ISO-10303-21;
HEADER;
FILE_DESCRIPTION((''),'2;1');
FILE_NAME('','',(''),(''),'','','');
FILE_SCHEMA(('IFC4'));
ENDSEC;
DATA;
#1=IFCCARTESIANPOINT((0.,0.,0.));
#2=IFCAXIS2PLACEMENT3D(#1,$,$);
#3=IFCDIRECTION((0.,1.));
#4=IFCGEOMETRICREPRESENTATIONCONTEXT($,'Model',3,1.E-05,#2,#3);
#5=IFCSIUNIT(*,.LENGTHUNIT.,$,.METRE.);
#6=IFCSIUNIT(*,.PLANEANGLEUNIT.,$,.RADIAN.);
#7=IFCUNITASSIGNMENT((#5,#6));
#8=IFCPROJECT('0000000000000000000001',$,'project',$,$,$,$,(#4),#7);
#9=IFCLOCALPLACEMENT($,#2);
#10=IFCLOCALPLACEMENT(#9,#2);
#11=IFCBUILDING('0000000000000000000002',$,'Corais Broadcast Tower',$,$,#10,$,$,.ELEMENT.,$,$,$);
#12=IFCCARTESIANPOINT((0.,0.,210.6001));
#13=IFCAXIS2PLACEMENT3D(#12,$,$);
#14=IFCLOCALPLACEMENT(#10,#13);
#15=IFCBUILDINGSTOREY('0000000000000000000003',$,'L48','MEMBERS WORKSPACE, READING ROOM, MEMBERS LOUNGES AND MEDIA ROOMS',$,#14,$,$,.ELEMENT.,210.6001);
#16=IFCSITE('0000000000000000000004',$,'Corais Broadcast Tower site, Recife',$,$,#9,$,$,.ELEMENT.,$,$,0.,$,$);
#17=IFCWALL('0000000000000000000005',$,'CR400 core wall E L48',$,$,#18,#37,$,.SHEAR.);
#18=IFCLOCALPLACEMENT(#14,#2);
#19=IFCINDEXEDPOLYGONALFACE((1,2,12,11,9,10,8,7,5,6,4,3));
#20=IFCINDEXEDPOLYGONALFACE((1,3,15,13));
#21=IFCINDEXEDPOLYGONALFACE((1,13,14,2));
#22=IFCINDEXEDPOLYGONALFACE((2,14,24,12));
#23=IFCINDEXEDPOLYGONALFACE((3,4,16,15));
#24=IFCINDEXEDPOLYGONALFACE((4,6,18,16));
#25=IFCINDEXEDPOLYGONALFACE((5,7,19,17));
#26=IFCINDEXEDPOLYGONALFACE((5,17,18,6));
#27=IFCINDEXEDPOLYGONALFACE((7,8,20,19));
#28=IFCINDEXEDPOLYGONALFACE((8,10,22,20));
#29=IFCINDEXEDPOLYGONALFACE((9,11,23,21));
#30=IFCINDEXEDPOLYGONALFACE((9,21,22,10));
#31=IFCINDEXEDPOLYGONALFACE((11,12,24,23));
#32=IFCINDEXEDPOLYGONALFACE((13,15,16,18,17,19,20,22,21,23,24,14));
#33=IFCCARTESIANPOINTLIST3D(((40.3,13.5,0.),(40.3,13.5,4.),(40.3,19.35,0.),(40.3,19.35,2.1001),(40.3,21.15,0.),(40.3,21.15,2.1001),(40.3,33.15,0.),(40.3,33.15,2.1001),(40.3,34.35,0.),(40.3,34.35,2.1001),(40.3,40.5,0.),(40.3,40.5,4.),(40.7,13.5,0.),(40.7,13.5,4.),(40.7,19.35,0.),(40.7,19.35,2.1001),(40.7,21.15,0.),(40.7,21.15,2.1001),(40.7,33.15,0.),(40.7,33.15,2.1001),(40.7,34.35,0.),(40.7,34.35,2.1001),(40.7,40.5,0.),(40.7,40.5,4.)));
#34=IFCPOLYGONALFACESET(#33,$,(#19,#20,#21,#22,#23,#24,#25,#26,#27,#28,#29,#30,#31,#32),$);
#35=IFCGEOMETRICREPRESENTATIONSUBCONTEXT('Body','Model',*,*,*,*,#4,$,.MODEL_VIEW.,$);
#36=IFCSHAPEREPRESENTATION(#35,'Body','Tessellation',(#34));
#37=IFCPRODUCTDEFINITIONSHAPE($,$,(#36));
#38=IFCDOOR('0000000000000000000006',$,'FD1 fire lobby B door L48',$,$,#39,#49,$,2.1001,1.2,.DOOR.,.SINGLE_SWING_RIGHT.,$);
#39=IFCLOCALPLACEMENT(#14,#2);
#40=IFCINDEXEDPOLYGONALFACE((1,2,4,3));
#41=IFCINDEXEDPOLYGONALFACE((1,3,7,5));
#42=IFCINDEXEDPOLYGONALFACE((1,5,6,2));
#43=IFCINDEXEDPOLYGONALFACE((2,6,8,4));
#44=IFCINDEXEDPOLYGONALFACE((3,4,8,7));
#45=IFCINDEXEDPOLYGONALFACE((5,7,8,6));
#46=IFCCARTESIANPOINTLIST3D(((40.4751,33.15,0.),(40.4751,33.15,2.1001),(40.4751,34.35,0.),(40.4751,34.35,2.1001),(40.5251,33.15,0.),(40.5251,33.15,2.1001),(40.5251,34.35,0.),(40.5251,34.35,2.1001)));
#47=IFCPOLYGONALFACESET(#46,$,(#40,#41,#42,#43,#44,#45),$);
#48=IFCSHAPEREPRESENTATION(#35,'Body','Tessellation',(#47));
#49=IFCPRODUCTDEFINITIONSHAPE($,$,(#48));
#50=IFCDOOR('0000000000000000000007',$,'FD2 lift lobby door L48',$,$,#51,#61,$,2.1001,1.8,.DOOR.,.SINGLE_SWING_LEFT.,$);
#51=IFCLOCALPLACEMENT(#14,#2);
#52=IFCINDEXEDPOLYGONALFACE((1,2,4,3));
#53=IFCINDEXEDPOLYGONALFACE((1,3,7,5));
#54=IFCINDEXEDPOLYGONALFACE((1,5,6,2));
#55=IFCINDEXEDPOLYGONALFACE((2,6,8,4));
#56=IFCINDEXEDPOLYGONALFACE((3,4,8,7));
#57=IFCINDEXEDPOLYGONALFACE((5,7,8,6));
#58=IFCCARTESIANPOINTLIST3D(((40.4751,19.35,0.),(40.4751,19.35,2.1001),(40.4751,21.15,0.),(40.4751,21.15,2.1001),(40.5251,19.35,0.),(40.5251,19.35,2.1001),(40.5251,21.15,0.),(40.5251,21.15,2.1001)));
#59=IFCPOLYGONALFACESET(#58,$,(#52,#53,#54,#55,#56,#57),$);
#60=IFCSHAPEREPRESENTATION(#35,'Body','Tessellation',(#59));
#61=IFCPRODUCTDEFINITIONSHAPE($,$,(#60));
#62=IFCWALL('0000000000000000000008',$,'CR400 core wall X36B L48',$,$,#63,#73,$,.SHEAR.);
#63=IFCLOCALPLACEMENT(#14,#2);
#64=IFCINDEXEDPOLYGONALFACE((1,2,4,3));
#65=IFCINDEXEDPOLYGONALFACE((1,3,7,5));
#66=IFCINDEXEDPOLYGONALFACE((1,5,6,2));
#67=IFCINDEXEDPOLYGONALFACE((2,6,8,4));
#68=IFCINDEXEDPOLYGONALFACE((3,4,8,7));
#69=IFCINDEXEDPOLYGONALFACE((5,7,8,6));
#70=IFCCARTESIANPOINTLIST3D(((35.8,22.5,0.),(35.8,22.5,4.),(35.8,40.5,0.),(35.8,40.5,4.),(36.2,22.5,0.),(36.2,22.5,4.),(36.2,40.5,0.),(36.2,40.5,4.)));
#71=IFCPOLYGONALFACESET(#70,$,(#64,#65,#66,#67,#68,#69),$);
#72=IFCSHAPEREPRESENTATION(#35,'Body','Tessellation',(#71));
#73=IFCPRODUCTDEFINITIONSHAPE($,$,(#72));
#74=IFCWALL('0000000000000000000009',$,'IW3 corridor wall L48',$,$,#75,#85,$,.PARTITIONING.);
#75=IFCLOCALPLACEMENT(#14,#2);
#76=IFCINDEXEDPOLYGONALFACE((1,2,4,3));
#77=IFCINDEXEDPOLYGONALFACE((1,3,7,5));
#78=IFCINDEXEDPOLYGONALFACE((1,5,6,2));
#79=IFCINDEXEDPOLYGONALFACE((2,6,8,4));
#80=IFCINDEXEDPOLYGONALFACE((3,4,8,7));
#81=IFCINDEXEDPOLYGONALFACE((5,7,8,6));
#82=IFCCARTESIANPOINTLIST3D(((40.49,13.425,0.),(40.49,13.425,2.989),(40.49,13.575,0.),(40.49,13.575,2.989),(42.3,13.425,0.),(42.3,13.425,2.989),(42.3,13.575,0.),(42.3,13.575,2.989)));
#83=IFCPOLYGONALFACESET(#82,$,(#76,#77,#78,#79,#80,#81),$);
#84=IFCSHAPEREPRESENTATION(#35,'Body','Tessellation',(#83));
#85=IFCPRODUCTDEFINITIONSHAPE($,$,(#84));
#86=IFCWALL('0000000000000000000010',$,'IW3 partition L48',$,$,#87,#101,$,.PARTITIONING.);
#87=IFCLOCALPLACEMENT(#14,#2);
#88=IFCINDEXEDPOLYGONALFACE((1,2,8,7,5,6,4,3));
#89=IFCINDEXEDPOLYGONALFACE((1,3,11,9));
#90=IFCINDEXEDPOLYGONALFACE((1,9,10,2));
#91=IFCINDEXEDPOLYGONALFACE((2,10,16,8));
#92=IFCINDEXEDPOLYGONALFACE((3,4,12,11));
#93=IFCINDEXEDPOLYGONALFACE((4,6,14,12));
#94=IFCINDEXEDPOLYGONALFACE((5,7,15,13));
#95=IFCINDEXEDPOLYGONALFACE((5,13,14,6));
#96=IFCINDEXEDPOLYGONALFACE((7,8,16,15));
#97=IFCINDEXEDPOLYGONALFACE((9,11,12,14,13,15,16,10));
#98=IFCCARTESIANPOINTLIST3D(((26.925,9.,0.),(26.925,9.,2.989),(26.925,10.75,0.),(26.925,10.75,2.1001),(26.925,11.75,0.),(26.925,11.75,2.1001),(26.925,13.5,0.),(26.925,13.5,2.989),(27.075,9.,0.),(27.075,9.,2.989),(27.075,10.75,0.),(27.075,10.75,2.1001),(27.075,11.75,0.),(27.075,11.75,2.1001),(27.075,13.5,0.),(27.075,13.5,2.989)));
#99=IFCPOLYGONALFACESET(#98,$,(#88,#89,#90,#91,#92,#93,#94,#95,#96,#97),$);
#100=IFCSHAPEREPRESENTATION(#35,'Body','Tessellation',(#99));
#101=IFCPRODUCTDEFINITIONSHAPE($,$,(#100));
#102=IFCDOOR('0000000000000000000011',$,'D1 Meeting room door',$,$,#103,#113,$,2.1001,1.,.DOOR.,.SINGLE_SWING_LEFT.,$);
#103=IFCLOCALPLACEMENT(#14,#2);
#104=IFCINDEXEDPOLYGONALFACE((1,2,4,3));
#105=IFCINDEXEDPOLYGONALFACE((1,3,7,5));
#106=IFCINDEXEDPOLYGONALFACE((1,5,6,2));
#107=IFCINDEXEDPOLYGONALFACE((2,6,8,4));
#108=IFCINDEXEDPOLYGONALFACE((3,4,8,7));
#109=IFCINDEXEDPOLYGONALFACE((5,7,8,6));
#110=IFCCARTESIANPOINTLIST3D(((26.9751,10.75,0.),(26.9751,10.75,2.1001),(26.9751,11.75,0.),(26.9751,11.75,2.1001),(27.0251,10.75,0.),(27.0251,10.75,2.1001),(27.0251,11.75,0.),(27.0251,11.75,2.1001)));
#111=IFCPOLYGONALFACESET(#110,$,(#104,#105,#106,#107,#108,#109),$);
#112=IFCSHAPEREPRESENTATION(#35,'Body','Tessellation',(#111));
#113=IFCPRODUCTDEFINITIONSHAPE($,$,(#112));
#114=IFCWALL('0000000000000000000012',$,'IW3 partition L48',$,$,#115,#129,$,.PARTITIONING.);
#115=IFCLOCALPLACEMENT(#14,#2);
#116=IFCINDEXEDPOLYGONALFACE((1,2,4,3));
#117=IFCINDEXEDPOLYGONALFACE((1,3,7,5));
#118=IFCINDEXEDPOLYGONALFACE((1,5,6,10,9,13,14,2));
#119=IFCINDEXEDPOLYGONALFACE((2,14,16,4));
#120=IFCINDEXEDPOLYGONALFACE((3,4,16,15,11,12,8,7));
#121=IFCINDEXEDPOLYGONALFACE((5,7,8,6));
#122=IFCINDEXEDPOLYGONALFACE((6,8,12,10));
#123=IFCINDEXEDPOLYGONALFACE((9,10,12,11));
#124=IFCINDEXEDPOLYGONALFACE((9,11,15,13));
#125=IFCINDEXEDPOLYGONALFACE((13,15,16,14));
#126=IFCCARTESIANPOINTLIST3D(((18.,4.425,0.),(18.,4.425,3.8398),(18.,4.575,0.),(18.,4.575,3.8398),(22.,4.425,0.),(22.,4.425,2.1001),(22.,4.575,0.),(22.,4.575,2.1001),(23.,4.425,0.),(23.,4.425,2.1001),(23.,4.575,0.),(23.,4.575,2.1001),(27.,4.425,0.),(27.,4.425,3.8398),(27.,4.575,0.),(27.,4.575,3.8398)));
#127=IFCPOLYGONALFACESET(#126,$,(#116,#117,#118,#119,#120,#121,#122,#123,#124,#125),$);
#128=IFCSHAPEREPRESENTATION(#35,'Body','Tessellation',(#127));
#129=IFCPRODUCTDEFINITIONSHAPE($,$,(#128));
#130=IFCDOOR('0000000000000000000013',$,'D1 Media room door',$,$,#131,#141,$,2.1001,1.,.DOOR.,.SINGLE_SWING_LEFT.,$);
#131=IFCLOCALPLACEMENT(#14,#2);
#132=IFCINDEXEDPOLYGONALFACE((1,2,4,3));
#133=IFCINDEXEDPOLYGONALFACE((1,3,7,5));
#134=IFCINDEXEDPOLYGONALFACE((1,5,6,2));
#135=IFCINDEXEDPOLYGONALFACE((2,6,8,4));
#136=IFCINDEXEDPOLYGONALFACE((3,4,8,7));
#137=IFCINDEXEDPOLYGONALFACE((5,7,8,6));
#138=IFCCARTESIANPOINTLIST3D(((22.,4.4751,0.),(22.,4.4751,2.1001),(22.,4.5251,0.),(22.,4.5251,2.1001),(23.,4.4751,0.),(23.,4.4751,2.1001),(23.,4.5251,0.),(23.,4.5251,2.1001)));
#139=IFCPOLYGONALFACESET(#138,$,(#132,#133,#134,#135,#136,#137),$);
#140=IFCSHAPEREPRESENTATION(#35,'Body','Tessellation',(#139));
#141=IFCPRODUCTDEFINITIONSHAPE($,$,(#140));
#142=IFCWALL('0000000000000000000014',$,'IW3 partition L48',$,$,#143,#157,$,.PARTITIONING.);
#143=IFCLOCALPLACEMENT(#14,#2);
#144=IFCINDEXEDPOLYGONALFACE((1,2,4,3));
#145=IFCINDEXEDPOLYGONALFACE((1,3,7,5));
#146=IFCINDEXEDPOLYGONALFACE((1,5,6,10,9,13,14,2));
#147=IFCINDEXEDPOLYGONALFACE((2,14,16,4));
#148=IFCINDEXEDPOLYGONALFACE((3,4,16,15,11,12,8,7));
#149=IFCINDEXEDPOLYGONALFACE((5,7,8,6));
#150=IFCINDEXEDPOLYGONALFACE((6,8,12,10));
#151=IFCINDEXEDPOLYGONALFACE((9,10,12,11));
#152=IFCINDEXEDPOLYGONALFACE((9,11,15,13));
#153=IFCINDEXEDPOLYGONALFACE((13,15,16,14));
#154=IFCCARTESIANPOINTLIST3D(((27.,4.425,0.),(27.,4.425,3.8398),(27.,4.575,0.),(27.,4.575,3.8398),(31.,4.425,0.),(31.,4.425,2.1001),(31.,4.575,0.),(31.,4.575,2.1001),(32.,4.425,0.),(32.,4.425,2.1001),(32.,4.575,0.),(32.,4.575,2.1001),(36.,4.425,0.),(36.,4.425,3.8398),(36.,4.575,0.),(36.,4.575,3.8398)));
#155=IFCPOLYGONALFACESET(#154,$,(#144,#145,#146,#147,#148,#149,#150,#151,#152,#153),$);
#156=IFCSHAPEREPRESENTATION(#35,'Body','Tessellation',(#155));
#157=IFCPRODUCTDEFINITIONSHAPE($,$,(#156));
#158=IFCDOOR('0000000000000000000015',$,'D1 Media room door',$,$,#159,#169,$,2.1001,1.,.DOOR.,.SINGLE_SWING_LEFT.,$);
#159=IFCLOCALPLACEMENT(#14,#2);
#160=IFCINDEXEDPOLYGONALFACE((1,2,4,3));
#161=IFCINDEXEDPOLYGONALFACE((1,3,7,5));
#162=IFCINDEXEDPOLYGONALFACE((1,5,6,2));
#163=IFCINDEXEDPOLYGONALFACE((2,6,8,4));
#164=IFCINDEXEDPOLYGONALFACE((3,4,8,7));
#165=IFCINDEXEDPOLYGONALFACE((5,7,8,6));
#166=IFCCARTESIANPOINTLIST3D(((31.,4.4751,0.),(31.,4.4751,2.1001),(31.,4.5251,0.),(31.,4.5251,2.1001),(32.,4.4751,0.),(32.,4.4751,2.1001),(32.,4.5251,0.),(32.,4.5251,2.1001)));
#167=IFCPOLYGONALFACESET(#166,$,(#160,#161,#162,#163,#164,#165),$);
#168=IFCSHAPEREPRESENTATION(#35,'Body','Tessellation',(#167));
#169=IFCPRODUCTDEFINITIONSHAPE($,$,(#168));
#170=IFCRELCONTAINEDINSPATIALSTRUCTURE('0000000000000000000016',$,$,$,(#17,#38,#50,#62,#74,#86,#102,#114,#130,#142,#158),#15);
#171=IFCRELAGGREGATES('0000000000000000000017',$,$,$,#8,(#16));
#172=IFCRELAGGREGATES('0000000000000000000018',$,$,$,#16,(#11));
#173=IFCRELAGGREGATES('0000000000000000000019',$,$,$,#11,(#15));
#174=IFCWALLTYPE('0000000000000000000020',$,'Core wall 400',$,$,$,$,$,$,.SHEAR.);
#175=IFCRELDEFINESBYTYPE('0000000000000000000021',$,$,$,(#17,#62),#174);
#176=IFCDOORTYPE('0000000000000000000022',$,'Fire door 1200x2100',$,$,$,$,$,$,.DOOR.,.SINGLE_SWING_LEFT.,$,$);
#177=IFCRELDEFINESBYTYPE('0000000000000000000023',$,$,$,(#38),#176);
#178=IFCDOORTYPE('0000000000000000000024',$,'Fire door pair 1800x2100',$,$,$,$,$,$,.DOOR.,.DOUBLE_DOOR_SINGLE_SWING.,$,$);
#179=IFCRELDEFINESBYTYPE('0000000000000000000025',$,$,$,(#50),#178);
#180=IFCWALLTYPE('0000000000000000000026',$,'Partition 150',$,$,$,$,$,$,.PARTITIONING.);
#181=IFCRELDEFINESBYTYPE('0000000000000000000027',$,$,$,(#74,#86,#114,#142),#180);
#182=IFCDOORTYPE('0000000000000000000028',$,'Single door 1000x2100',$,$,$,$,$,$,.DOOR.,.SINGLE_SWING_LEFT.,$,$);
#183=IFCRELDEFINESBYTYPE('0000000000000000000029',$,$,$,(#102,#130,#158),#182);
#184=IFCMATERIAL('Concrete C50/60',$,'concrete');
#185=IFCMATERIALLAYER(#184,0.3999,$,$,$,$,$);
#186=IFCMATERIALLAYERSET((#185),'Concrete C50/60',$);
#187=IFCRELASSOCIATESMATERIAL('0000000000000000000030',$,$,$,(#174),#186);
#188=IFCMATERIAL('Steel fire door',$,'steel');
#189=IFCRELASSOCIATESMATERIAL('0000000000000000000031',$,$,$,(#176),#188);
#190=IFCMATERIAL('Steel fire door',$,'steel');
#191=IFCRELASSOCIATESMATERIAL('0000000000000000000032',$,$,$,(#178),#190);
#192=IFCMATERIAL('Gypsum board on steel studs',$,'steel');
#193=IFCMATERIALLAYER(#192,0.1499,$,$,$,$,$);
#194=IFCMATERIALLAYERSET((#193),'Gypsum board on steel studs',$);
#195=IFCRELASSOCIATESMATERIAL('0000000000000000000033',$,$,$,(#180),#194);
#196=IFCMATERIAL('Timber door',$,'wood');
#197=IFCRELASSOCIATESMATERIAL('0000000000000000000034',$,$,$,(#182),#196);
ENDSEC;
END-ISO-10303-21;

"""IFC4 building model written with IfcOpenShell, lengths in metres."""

from ifc_helpers import new_model, si_unit, direction, frame, frame_2d, origin, place, context, subcontext, project, spatial, rectangle, extrude, material, layer, layer_set, type_object, element, fill, save


model = new_model("IFC4")

# Units and contexts
model_context = context("Model", 3, precision=1e-05, world=origin(), true_north=direction((0.0, 1.0)))
body_context = subcontext(model_context, "Body", "Model", "MODEL_VIEW")
ifc_project = project(units=[si_unit("LENGTHUNIT", "METRE"), si_unit("PLANEANGLEUNIT", "RADIAN")], contexts=[model_context])

# Site, building, storey
site_placement = place(None, origin())
site = spatial("IfcSite", under=ifc_project, at=site_placement, Name="Corais Broadcast Tower site, Recife", CompositionType="ELEMENT", RefElevation=0.0)
building_placement = place(site_placement, origin())
building = spatial("IfcBuilding", under=site, at=building_placement, Name="Corais Broadcast Tower", CompositionType="ELEMENT")
storey_placement = place(building_placement, frame((0.0, 0.0, 210.6001)))
storey = spatial("IfcBuildingStorey", under=building, at=storey_placement, Name="L48", Description="MEMBERS WORKSPACE, READING ROOM, MEMBERS LOUNGES AND MEDIA ROOMS", CompositionType="ELEMENT", Elevation=210.6001)

# Wall, openings, doors
ifc_material_1 = material(Name="Concrete C50/60", Category="concrete")
ifc_layer_1 = layer(ifc_material_1, 0.3999)
ifc_layer_set_1 = layer_set([ifc_layer_1], Name="Concrete C50/60")
wall_type_1 = type_object("IfcWallType", Name="Core wall 400", PredefinedType="SHEAR", material=ifc_layer_set_1)
wall_1_placement = place(storey_placement, frame((40.5, 13.5, 0.0), z_axis=(0.0, 0.0, 1.0), x_axis=(0.0, 1.0, 0.0)))
wall_1 = element("IfcWall", 1, at=wall_1_placement, inside=storey, type_object=wall_type_1, Name="CR400 core wall E L48", PredefinedType="SHEAR", context=body_context, shape_type="SweptSolid", body=[
    extrude(rectangle(XDim=27.0, YDim=0.3999, at=frame_2d((13.5, 0.0))), origin(), (0.0, 0.0, 1.0), 4.0),
])
opening_1_placement = place(wall_1_placement, frame((5.8501, 0.0, 0.0)))
opening_1 = element("IfcOpeningElement", 2, at=opening_1_placement, cuts=wall_1, PredefinedType="OPENING", context=body_context, shape_type="SweptSolid", body=[
    extrude(rectangle(XDim=1.8, YDim=2.1001, at=frame_2d((0.8999, 1.05))), frame((0.0, 0.21, 0.0), z_axis=(0.0, -1.0, 0.0), x_axis=(1.0, 0.0, 0.0)), (0.0, 0.0, 1.0), 0.4199),
])
opening_2_placement = place(wall_1_placement, frame((19.6499, 0.0, 0.0)))
opening_2 = element("IfcOpeningElement", 3, at=opening_2_placement, cuts=wall_1, PredefinedType="OPENING", context=body_context, shape_type="SweptSolid", body=[
    extrude(rectangle(XDim=1.2, YDim=2.1001, at=frame_2d((0.6001, 1.05))), frame((0.0, 0.21, 0.0), z_axis=(0.0, -1.0, 0.0), x_axis=(1.0, 0.0, 0.0)), (0.0, 0.0, 1.0), 0.4199),
])
ifc_material_2 = material(Name="Steel fire door", Category="steel")
door_type_1 = type_object("IfcDoorType", Name="Fire door 1200x2100", OperationType="SINGLE_SWING_LEFT", PredefinedType="DOOR", material=ifc_material_2)
door_1_placement = place(opening_2_placement, origin())
door_1 = element("IfcDoor", 4, at=door_1_placement, inside=storey, type_object=door_type_1, Name="FD1 fire lobby B door L48", OperationType="SINGLE_SWING_RIGHT", OverallHeight=2.1001, OverallWidth=1.2, PredefinedType="DOOR", context=body_context, shape_type="SweptSolid", body=[
    extrude(rectangle(XDim=1.2, YDim=2.1001, at=frame_2d((0.6001, 1.05))), frame((0.0, 0.0249, 0.0), z_axis=(0.0, -1.0, 0.0), x_axis=(1.0, 0.0, 0.0)), (0.0, 0.0, 1.0), 0.05),
])
fill(opening_2, door_1)
ifc_material_3 = material(Name="Steel fire door", Category="steel")
door_type_2 = type_object("IfcDoorType", Name="Fire door pair 1800x2100", OperationType="DOUBLE_DOOR_SINGLE_SWING", PredefinedType="DOOR", material=ifc_material_3)
door_2_placement = place(opening_1_placement, origin())
door_2 = element("IfcDoor", 5, at=door_2_placement, inside=storey, type_object=door_type_2, Name="FD2 lift lobby door L48", OperationType="SINGLE_SWING_LEFT", OverallHeight=2.1001, OverallWidth=1.8, PredefinedType="DOOR", context=body_context, shape_type="SweptSolid", body=[
    extrude(rectangle(XDim=1.8, YDim=2.1001, at=frame_2d((0.8999, 1.05))), frame((0.0, 0.0249, 0.0), z_axis=(0.0, -1.0, 0.0), x_axis=(1.0, 0.0, 0.0)), (0.0, 0.0, 1.0), 0.05),
])
fill(opening_1, door_2)

# Walls
wall_2_placement = place(storey_placement, frame((36.0, 22.5, 0.0), z_axis=(0.0, 0.0, 1.0), x_axis=(0.0, 1.0, 0.0)))
element("IfcWall", 6, at=wall_2_placement, inside=storey, type_object=wall_type_1, Name="CR400 core wall X36B L48", PredefinedType="SHEAR", context=body_context, shape_type="SweptSolid", body=[
    extrude(rectangle(XDim=18.0, YDim=0.3999, at=frame_2d((9.0, 0.0))), origin(), (0.0, 0.0, 1.0), 4.0),
])
ifc_material_4 = material(Name="Gypsum board on steel studs", Category="steel")
ifc_layer_2 = layer(ifc_material_4, 0.1499)
ifc_layer_set_2 = layer_set([ifc_layer_2], Name="Gypsum board on steel studs")
wall_type_2 = type_object("IfcWallType", Name="Partition 150", PredefinedType="PARTITIONING", material=ifc_layer_set_2)
wall_3_placement = place(storey_placement, frame((40.49, 13.5, 0.0), z_axis=(0.0, 0.0, 1.0), x_axis=(1.0, 0.0, 0.0)))
element("IfcWall", 7, at=wall_3_placement, inside=storey, type_object=wall_type_2, Name="IW3 corridor wall L48", PredefinedType="PARTITIONING", context=body_context, shape_type="SweptSolid", body=[
    extrude(rectangle(XDim=1.8101, YDim=0.1499, at=frame_2d((0.905, 0.0))), origin(), (0.0, 0.0, 1.0), 2.989),
])

# Walls, openings, doors
wall_4_placement = place(storey_placement, frame((27.0, 9.0, 0.0), z_axis=(0.0, 0.0, 1.0), x_axis=(0.0, 1.0, 0.0)))
wall_4 = element("IfcWall", 8, at=wall_4_placement, inside=storey, type_object=wall_type_2, Name="IW3 partition L48", PredefinedType="PARTITIONING", context=body_context, shape_type="SweptSolid", body=[
    extrude(rectangle(XDim=4.5, YDim=0.1499, at=frame_2d((2.25, 0.0))), origin(), (0.0, 0.0, 1.0), 2.989),
])
opening_3_placement = place(wall_4_placement, frame((1.75, 0.0, 0.0)))
opening_3 = element("IfcOpeningElement", 9, at=opening_3_placement, cuts=wall_4, PredefinedType="OPENING", context=body_context, shape_type="SweptSolid", body=[
    extrude(rectangle(XDim=1.0, YDim=2.1001, at=frame_2d((0.5, 1.05))), frame((0.0, 0.085, 0.0), z_axis=(0.0, -1.0, 0.0), x_axis=(1.0, 0.0, 0.0)), (0.0, 0.0, 1.0), 0.1699),
])
ifc_material_5 = material(Name="Timber door", Category="wood")
door_type_3 = type_object("IfcDoorType", Name="Single door 1000x2100", OperationType="SINGLE_SWING_LEFT", PredefinedType="DOOR", material=ifc_material_5)
door_3_placement = place(opening_3_placement, origin())
door_3 = element("IfcDoor", 10, at=door_3_placement, inside=storey, type_object=door_type_3, Name="D1 Meeting room door", OperationType="SINGLE_SWING_LEFT", OverallHeight=2.1001, OverallWidth=1.0, PredefinedType="DOOR", context=body_context, shape_type="SweptSolid", body=[
    extrude(rectangle(XDim=1.0, YDim=2.1001, at=frame_2d((0.5, 1.05))), frame((0.0, 0.0249, 0.0), z_axis=(0.0, -1.0, 0.0), x_axis=(1.0, 0.0, 0.0)), (0.0, 0.0, 1.0), 0.05),
])
fill(opening_3, door_3)
wall_5_placement = place(storey_placement, frame((27.0, 4.5, 0.0), z_axis=(0.0, 0.0, 1.0), x_axis=(-1.0, 0.0, 0.0)))
wall_5 = element("IfcWall", 11, at=wall_5_placement, inside=storey, type_object=wall_type_2, Name="IW3 partition L48", PredefinedType="PARTITIONING", context=body_context, shape_type="SweptSolid", body=[
    extrude(rectangle(XDim=9.0, YDim=0.1499, at=frame_2d((4.5, 0.0))), origin(), (0.0, 0.0, 1.0), 3.8398),
])
opening_4_placement = place(wall_5_placement, frame((4.0, 0.0, 0.0)))
opening_4 = element("IfcOpeningElement", 12, at=opening_4_placement, cuts=wall_5, PredefinedType="OPENING", context=body_context, shape_type="SweptSolid", body=[
    extrude(rectangle(XDim=1.0, YDim=2.1001, at=frame_2d((0.5, 1.05))), frame((0.0, 0.085, 0.0), z_axis=(0.0, -1.0, 0.0), x_axis=(1.0, 0.0, 0.0)), (0.0, 0.0, 1.0), 0.1699),
])
door_4_placement = place(opening_4_placement, origin())
door_4 = element("IfcDoor", 13, at=door_4_placement, inside=storey, type_object=door_type_3, Name="D1 Media room door", OperationType="SINGLE_SWING_LEFT", OverallHeight=2.1001, OverallWidth=1.0, PredefinedType="DOOR", context=body_context, shape_type="SweptSolid", body=[
    extrude(rectangle(XDim=1.0, YDim=2.1001, at=frame_2d((0.5, 1.05))), frame((0.0, 0.0249, 0.0), z_axis=(0.0, -1.0, 0.0), x_axis=(1.0, 0.0, 0.0)), (0.0, 0.0, 1.0), 0.05),
])
fill(opening_4, door_4)
wall_6_placement = place(storey_placement, frame((36.0, 4.5, 0.0), z_axis=(0.0, 0.0, 1.0), x_axis=(-1.0, 0.0, 0.0)))
wall_6 = element("IfcWall", 14, at=wall_6_placement, inside=storey, type_object=wall_type_2, Name="IW3 partition L48", PredefinedType="PARTITIONING", context=body_context, shape_type="SweptSolid", body=[
    extrude(rectangle(XDim=9.0, YDim=0.1499, at=frame_2d((4.5, 0.0))), origin(), (0.0, 0.0, 1.0), 3.8398),
])
opening_5_placement = place(wall_6_placement, frame((4.0, 0.0, 0.0)))
opening_5 = element("IfcOpeningElement", 15, at=opening_5_placement, cuts=wall_6, PredefinedType="OPENING", context=body_context, shape_type="SweptSolid", body=[
    extrude(rectangle(XDim=1.0, YDim=2.1001, at=frame_2d((0.5, 1.05))), frame((0.0, 0.085, 0.0), z_axis=(0.0, -1.0, 0.0), x_axis=(1.0, 0.0, 0.0)), (0.0, 0.0, 1.0), 0.1699),
])
door_5_placement = place(opening_5_placement, origin())
door_5 = element("IfcDoor", 16, at=door_5_placement, inside=storey, type_object=door_type_3, Name="D1 Media room door", OperationType="SINGLE_SWING_LEFT", OverallHeight=2.1001, OverallWidth=1.0, PredefinedType="DOOR", context=body_context, shape_type="SweptSolid", body=[
    extrude(rectangle(XDim=1.0, YDim=2.1001, at=frame_2d((0.5, 1.05))), frame((0.0, 0.0249, 0.0), z_axis=(0.0, -1.0, 0.0), x_axis=(1.0, 0.0, 0.0)), (0.0, 0.0, 1.0), 0.05),
])
fill(opening_5, door_5)

save(model, "model.ifc")
